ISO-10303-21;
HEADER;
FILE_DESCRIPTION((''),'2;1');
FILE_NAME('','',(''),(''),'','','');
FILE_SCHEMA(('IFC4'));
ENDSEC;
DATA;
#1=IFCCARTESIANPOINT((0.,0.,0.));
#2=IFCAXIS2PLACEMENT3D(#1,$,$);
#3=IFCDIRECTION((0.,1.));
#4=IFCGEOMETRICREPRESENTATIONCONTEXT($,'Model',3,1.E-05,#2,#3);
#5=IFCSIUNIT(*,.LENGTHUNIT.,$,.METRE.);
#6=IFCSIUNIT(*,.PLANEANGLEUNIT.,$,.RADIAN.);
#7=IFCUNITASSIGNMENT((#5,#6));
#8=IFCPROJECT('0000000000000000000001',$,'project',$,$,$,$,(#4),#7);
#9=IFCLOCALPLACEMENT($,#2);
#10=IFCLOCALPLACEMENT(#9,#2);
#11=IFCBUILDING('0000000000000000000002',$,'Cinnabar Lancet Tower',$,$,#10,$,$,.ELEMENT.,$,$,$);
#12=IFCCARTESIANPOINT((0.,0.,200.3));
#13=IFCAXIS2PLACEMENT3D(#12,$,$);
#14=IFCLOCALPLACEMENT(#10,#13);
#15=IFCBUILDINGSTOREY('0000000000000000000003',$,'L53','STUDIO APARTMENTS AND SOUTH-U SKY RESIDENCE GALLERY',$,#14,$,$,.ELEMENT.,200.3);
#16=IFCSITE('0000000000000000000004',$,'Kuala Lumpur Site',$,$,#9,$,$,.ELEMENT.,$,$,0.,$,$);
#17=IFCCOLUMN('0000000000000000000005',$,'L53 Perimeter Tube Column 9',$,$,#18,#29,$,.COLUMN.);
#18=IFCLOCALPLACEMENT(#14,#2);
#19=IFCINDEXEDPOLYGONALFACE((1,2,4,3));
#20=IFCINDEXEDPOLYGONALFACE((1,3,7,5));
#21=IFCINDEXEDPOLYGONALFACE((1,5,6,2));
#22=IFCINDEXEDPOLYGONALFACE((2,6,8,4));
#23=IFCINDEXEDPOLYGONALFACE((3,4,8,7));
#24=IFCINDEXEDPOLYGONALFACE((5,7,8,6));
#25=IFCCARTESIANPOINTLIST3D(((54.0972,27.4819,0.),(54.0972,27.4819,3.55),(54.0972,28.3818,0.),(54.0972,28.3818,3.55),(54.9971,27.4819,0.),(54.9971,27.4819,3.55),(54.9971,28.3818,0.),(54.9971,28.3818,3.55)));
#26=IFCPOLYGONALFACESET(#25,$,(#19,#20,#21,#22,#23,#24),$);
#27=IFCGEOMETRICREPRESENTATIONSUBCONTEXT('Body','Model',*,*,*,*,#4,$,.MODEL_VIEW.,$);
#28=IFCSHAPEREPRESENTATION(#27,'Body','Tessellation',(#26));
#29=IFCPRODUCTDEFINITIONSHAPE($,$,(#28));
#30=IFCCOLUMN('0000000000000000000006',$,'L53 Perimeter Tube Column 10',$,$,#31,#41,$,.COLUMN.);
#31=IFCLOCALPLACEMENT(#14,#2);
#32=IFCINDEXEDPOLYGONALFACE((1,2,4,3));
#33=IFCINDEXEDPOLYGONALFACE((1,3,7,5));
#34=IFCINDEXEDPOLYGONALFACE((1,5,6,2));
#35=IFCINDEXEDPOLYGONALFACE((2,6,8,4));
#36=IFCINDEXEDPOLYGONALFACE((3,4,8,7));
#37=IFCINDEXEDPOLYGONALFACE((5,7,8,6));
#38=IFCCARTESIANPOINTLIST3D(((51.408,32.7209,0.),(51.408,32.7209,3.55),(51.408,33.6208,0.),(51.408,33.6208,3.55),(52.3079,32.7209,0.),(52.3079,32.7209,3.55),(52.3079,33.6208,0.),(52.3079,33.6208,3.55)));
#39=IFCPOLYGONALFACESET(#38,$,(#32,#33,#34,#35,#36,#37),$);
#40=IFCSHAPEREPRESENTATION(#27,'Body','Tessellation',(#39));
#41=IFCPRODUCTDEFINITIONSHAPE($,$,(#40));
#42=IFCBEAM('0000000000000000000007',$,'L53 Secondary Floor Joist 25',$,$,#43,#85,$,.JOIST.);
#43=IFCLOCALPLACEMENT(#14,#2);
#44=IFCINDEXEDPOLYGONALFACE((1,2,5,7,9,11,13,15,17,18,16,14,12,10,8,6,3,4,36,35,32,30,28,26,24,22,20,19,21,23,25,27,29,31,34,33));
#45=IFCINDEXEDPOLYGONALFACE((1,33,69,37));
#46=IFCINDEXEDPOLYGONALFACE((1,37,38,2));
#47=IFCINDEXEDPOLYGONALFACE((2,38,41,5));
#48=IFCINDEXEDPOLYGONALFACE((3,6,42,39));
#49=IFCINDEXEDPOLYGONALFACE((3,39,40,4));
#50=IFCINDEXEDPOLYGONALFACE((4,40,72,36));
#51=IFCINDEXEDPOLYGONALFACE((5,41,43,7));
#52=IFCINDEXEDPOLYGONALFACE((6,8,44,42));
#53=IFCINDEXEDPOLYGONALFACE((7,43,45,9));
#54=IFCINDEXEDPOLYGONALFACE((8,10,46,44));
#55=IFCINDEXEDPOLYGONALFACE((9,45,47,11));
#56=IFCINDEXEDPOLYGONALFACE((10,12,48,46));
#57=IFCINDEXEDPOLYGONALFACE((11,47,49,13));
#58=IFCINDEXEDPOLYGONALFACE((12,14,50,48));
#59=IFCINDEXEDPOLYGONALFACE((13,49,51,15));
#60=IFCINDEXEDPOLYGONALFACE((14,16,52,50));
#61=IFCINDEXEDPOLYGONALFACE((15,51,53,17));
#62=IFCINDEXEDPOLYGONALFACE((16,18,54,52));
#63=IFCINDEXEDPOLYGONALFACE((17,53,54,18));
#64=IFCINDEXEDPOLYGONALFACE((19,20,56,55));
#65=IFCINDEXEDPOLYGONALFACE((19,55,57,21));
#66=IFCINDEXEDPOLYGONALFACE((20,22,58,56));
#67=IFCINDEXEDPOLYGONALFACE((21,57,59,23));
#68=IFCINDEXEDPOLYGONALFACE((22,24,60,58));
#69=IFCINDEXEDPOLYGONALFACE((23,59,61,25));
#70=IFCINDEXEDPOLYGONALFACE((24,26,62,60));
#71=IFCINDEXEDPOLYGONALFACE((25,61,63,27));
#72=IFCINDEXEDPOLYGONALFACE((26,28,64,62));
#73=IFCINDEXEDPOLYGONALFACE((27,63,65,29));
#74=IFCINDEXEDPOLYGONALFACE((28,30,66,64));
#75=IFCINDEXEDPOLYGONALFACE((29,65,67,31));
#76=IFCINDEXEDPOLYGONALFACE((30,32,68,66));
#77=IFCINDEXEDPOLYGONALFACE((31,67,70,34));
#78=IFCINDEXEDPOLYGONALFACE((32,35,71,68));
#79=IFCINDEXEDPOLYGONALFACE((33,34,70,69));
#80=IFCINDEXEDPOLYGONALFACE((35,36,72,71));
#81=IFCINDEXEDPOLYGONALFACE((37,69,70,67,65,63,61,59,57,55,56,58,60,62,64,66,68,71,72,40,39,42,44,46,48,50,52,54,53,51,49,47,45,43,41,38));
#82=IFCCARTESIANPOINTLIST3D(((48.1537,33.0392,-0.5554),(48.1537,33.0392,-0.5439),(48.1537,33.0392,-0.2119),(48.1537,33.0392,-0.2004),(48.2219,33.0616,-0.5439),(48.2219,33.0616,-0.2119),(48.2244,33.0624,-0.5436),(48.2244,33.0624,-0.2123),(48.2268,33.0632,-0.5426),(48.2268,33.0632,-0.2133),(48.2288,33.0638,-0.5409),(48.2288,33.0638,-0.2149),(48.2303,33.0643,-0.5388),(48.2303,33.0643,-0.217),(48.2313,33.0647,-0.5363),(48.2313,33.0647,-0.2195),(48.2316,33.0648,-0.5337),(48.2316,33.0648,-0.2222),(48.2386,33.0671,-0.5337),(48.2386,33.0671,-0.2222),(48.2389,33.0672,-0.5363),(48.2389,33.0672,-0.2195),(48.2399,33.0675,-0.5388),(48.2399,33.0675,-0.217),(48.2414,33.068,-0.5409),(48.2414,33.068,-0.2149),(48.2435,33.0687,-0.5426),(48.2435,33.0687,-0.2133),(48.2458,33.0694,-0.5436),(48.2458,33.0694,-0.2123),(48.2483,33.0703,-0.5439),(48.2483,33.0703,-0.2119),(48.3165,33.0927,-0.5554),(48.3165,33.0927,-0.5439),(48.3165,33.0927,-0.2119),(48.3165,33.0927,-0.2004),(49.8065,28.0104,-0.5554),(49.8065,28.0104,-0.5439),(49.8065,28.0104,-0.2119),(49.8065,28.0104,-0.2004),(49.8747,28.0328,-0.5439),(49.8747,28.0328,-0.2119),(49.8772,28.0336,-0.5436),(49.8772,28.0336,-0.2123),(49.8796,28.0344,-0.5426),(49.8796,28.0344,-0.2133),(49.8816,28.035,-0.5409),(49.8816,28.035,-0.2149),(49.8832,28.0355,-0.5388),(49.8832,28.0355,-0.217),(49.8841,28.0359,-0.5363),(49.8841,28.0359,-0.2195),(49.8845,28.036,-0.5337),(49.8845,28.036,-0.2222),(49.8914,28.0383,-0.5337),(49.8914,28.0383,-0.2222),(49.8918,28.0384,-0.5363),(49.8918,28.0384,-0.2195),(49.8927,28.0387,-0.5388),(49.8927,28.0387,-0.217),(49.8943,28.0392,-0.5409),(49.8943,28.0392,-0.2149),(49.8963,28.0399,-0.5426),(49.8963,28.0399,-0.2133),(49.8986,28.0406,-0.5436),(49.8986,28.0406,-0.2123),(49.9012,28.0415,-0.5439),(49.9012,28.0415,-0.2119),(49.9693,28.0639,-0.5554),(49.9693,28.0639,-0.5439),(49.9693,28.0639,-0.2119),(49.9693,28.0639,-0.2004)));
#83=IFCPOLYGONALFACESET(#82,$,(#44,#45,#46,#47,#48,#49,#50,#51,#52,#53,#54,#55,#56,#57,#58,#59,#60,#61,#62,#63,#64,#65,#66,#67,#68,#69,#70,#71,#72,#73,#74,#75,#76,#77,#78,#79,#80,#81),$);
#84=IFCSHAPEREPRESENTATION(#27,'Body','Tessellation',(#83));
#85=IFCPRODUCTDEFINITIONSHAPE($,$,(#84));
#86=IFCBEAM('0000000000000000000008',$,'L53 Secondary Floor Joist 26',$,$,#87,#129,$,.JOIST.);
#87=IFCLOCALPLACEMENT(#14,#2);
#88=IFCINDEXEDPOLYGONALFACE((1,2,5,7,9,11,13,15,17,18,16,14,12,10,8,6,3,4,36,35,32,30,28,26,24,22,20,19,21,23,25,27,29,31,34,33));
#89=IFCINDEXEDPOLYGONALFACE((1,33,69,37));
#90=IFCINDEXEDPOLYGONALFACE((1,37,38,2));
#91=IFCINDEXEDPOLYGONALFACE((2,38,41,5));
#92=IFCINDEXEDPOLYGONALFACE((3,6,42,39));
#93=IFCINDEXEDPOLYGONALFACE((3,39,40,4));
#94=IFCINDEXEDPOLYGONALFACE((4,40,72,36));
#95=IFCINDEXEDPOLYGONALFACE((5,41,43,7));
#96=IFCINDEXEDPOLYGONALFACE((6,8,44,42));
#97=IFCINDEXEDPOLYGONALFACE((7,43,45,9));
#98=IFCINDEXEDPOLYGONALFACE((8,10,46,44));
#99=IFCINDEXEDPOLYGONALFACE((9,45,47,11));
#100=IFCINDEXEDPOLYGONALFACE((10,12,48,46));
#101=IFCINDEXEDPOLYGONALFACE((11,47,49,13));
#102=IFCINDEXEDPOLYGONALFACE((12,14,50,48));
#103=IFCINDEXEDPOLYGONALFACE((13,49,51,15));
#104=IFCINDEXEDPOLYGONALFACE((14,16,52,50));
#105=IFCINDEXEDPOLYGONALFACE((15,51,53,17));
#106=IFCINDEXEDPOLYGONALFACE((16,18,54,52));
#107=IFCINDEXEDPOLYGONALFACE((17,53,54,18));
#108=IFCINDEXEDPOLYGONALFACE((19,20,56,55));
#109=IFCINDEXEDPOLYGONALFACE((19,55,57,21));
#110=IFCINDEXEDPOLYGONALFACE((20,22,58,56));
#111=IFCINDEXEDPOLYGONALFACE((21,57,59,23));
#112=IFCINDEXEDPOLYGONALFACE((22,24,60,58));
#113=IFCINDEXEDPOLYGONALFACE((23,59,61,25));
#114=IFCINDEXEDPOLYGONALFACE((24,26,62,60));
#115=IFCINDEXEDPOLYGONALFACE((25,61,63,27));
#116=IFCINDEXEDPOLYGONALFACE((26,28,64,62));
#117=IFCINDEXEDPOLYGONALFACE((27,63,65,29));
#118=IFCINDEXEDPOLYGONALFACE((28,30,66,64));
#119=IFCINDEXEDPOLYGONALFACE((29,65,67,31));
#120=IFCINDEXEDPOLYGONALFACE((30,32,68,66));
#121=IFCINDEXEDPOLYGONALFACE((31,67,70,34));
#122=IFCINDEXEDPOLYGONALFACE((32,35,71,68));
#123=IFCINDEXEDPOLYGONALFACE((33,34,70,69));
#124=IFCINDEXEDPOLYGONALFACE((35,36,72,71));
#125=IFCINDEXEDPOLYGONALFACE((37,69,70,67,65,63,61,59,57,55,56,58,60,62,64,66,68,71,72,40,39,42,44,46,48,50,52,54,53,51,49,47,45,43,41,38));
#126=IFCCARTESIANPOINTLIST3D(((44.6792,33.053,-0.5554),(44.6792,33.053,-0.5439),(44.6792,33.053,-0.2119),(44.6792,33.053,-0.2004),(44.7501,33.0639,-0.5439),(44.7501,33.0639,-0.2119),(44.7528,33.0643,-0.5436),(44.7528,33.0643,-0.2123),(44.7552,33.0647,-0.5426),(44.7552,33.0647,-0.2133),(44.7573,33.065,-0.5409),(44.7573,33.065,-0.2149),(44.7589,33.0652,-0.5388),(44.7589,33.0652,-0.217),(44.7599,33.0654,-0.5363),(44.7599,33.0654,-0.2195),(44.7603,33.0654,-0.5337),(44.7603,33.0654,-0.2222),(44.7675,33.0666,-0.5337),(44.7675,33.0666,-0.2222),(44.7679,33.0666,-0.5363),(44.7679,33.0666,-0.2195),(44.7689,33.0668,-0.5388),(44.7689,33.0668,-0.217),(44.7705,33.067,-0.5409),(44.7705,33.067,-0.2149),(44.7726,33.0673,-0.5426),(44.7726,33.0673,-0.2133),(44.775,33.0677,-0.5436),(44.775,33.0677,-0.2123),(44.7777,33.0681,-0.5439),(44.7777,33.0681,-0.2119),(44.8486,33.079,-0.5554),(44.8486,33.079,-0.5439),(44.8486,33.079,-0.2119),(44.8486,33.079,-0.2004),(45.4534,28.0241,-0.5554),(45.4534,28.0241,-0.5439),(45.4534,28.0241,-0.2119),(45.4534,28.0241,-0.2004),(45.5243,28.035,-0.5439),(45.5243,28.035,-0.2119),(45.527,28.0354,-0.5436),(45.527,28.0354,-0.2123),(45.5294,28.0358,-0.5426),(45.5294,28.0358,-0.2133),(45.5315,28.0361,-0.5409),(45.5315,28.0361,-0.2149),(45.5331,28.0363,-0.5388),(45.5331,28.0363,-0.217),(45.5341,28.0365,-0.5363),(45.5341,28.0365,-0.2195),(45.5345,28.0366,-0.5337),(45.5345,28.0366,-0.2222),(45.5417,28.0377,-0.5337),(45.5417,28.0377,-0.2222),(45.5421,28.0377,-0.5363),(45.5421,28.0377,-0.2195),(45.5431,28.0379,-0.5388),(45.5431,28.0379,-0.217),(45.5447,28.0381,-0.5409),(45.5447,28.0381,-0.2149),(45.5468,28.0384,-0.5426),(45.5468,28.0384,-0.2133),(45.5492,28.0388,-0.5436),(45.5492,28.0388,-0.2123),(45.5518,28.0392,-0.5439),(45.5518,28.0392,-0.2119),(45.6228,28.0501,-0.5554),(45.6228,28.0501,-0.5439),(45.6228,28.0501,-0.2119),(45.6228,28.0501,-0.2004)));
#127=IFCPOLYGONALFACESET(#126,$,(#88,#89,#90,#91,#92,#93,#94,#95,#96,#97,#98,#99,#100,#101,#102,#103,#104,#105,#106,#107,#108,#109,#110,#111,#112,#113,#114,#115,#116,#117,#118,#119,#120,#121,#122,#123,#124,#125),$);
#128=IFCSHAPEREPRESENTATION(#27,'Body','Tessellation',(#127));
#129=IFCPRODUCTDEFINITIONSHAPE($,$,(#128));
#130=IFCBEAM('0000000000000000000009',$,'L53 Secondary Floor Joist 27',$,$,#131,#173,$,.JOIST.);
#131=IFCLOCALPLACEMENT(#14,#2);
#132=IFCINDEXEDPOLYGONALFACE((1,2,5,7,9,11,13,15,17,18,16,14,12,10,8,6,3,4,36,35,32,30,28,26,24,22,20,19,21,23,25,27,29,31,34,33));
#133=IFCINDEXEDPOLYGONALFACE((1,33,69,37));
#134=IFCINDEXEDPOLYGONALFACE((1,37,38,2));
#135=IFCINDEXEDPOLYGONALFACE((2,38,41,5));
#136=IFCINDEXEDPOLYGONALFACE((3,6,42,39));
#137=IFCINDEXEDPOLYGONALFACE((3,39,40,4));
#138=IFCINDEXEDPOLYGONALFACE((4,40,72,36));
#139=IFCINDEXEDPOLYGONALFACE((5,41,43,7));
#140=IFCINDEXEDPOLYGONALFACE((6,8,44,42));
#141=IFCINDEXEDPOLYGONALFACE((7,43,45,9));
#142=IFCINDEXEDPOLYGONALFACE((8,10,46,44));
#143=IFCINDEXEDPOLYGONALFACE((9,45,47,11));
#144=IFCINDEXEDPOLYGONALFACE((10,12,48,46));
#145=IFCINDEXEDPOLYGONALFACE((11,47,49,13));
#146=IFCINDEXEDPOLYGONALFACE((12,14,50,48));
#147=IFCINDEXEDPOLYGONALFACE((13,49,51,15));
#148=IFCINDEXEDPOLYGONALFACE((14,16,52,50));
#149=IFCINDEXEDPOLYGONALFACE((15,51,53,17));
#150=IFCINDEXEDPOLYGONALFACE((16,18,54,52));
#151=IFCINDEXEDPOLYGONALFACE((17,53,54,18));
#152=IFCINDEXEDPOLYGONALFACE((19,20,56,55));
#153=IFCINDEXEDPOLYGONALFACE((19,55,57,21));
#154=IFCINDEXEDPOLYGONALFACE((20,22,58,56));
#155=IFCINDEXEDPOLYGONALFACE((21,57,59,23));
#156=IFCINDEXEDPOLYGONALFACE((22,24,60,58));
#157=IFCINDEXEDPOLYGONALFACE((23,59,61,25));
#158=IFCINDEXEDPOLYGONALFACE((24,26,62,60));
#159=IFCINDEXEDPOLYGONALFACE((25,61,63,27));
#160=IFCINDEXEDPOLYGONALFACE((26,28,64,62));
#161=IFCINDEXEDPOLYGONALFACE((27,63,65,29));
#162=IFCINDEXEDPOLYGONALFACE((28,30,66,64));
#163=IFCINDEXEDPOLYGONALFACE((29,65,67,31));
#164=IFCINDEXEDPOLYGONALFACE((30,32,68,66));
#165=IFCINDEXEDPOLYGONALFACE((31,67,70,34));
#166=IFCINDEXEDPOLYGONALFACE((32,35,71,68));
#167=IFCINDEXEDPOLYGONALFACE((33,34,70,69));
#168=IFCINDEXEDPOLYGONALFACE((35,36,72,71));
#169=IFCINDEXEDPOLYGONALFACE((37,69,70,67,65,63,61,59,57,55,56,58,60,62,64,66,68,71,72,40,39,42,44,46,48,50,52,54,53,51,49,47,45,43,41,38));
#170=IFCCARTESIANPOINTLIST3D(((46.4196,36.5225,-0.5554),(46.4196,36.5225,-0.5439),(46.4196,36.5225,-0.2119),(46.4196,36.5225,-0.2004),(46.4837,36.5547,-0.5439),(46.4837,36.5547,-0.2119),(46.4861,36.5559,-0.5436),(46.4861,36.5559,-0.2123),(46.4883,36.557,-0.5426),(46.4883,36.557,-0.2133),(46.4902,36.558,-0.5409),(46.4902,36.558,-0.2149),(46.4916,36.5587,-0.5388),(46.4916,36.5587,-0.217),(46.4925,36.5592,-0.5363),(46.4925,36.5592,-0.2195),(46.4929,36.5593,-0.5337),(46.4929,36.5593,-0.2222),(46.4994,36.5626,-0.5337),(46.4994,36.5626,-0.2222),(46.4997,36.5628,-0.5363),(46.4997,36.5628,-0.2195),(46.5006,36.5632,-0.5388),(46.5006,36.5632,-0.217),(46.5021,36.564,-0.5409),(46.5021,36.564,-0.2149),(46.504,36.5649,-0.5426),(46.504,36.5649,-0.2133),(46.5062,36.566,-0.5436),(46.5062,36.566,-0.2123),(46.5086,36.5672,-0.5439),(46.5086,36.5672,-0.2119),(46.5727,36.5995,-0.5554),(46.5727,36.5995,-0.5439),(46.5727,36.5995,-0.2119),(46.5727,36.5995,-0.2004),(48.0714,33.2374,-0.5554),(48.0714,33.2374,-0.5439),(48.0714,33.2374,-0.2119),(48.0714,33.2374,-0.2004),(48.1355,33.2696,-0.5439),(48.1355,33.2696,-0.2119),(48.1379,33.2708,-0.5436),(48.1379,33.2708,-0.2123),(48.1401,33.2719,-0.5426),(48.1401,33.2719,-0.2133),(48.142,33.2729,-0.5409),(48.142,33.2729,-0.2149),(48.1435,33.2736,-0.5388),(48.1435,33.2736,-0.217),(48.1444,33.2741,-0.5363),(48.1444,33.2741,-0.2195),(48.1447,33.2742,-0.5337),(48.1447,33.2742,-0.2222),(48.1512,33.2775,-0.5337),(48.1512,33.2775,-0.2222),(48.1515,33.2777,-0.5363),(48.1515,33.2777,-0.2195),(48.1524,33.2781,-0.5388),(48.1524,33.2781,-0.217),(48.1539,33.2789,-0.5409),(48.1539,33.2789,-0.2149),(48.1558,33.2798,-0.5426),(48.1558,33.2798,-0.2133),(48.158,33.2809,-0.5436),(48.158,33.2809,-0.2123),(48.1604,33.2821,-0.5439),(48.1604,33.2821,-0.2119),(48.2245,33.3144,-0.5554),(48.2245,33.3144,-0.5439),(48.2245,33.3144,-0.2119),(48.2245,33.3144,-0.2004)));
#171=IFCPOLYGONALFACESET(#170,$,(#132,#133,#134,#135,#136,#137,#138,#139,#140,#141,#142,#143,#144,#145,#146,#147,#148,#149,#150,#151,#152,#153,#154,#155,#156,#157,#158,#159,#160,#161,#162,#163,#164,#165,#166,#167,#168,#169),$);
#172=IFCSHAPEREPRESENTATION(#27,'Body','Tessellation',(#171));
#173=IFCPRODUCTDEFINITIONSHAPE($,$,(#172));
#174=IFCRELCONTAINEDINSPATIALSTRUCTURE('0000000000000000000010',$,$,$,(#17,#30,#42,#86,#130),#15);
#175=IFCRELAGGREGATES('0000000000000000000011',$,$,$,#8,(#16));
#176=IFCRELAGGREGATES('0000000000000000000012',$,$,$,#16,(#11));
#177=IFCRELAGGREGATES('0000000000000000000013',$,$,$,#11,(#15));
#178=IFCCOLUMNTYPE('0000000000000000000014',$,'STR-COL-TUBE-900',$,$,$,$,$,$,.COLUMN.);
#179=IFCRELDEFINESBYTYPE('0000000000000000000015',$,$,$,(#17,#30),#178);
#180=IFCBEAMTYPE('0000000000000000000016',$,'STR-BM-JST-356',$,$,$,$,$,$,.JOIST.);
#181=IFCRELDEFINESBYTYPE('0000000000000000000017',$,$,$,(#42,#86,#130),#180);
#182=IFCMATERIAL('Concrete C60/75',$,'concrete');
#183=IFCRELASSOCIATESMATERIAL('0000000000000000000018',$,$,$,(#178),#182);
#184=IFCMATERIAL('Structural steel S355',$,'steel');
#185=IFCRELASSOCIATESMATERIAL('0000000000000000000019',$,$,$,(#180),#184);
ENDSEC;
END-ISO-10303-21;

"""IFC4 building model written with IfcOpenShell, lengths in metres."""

from ifc_helpers import new_model, si_unit, direction, frame, origin, origin_2d, place, context, subcontext, project, spatial, rectangle, i_section, extrude, material, material_profile, profile_set, type_object, element, save


model = new_model("IFC4")

# Units and contexts
model_context = context("Model", 3, precision=1e-05, world=origin(), true_north=direction((0.0, 1.0)))
body_context = subcontext(model_context, "Body", "Model", "MODEL_VIEW")
ifc_project = project(units=[si_unit("LENGTHUNIT", "METRE"), si_unit("PLANEANGLEUNIT", "RADIAN")], contexts=[model_context])

# Site, building, storey
site_placement = place(None, origin())
site = spatial("IfcSite", under=ifc_project, at=site_placement, Name="Kuala Lumpur Site", CompositionType="ELEMENT", RefElevation=0.0)
building_placement = place(site_placement, origin())
building = spatial("IfcBuilding", under=site, at=building_placement, Name="Cinnabar Lancet Tower", CompositionType="ELEMENT")
storey_placement = place(building_placement, frame((0.0, 0.0, 200.3)))
storey = spatial("IfcBuildingStorey", under=building, at=storey_placement, Name="L53", Description="STUDIO APARTMENTS AND SOUTH-U SKY RESIDENCE GALLERY", CompositionType="ELEMENT", Elevation=200.3)

# Columns
ifc_material_1 = material(Name="Concrete C60/75", Category="concrete")
ifc_material_profile_1 = material_profile(ifc_material_1, rectangle(XDim=0.8999, YDim=0.8999, at=origin_2d()), Name="RC-COL 900x900")
ifc_profile_set_1 = profile_set([ifc_material_profile_1], Name="Concrete C60/75")
column_type = type_object("IfcColumnType", Name="STR-COL-TUBE-900", PredefinedType="COLUMN", material=ifc_profile_set_1)
for number, where, z_axis, x_axis, name in (
    (1, (54.5471, 27.9319, 0.0), (0.0, 0.0, 1.0), (1.0, 0.0, 0.0), "L53 Perimeter Tube Column 9"),
    (2, (51.8579, 33.1709, 0.0), (0.0, 0.0, 1.0), (1.0, 0.0, 0.0), "L53 Perimeter Tube Column 10"),
):
    element("IfcColumn", number, at=place(storey_placement, frame(where, z_axis=z_axis, x_axis=x_axis)), inside=storey, type_object=column_type, Name=name, PredefinedType="COLUMN", context=body_context, shape_type="SweptSolid", body=[
        extrude(rectangle(XDim=0.8999, YDim=0.8999, at=origin_2d()), origin(), (0.0, 0.0, 1.0), 3.55),
    ])

# Beams
ifc_material_2 = material(Name="Structural steel S355", Category="steel")
ifc_material_profile_2 = material_profile(ifc_material_2, i_section(OverallWidth=0.1714, OverallDepth=0.355, WebThickness=0.0073, FlangeThickness=0.0115, FilletRadius=0.0103, at=origin_2d()), Name="UKB 356x171x51")
ifc_profile_set_2 = profile_set([ifc_material_profile_2], Name="Structural steel S355")
beam_type_1 = type_object("IfcBeamType", Name="STR-BM-JST-356", PredefinedType="JOIST", material=ifc_profile_set_2)
beam_1_placement = place(storey_placement, frame((49.8879, 28.0371, -0.3779), z_axis=(-0.31224, 0.950003, 0.0), x_axis=(-0.950003, -0.31224, 0.0)))
element("IfcBeam", 3, at=beam_1_placement, inside=storey, type_object=beam_type_1, Name="L53 Secondary Floor Joist 25", PredefinedType="JOIST", context=body_context, shape_type="SweptSolid", body=[
    extrude(i_section(OverallWidth=0.1714, OverallDepth=0.355, WebThickness=0.0073, FlangeThickness=0.0115, FilletRadius=0.0103, at=origin_2d()), origin(), (0.0, 0.0, 1.0), 5.2935),
])
beam_2_placement = place(storey_placement, frame((45.5381, 28.0371, -0.3779), z_axis=(-0.152155, 0.988357, 0.0), x_axis=(-0.988357, -0.152155, 0.0)))
element("IfcBeam", 4, at=beam_2_placement, inside=storey, type_object=beam_type_1, Name="L53 Secondary Floor Joist 26", PredefinedType="JOIST", context=body_context, shape_type="SweptSolid", body=[
    extrude(i_section(OverallWidth=0.1714, OverallDepth=0.355, WebThickness=0.0073, FlangeThickness=0.0115, FilletRadius=0.0103, at=origin_2d()), origin(), (0.0, 0.0, 1.0), 5.0881),
])
beam_3_placement = place(storey_placement, frame((48.1479, 33.2759, -0.3779), z_axis=(-0.449231, 0.893416, 0.0), x_axis=(-0.893416, -0.449231, 0.0)))
element("IfcBeam", 5, at=beam_3_placement, inside=storey, type_object=beam_type_1, Name="L53 Secondary Floor Joist 27", PredefinedType="JOIST", context=body_context, shape_type="SweptSolid", body=[
    extrude(i_section(OverallWidth=0.1714, OverallDepth=0.355, WebThickness=0.0073, FlangeThickness=0.0115, FilletRadius=0.0103, at=origin_2d()), origin(), (0.0, 0.0, 1.0), 3.677),
])

save(model, "model.ifc")
